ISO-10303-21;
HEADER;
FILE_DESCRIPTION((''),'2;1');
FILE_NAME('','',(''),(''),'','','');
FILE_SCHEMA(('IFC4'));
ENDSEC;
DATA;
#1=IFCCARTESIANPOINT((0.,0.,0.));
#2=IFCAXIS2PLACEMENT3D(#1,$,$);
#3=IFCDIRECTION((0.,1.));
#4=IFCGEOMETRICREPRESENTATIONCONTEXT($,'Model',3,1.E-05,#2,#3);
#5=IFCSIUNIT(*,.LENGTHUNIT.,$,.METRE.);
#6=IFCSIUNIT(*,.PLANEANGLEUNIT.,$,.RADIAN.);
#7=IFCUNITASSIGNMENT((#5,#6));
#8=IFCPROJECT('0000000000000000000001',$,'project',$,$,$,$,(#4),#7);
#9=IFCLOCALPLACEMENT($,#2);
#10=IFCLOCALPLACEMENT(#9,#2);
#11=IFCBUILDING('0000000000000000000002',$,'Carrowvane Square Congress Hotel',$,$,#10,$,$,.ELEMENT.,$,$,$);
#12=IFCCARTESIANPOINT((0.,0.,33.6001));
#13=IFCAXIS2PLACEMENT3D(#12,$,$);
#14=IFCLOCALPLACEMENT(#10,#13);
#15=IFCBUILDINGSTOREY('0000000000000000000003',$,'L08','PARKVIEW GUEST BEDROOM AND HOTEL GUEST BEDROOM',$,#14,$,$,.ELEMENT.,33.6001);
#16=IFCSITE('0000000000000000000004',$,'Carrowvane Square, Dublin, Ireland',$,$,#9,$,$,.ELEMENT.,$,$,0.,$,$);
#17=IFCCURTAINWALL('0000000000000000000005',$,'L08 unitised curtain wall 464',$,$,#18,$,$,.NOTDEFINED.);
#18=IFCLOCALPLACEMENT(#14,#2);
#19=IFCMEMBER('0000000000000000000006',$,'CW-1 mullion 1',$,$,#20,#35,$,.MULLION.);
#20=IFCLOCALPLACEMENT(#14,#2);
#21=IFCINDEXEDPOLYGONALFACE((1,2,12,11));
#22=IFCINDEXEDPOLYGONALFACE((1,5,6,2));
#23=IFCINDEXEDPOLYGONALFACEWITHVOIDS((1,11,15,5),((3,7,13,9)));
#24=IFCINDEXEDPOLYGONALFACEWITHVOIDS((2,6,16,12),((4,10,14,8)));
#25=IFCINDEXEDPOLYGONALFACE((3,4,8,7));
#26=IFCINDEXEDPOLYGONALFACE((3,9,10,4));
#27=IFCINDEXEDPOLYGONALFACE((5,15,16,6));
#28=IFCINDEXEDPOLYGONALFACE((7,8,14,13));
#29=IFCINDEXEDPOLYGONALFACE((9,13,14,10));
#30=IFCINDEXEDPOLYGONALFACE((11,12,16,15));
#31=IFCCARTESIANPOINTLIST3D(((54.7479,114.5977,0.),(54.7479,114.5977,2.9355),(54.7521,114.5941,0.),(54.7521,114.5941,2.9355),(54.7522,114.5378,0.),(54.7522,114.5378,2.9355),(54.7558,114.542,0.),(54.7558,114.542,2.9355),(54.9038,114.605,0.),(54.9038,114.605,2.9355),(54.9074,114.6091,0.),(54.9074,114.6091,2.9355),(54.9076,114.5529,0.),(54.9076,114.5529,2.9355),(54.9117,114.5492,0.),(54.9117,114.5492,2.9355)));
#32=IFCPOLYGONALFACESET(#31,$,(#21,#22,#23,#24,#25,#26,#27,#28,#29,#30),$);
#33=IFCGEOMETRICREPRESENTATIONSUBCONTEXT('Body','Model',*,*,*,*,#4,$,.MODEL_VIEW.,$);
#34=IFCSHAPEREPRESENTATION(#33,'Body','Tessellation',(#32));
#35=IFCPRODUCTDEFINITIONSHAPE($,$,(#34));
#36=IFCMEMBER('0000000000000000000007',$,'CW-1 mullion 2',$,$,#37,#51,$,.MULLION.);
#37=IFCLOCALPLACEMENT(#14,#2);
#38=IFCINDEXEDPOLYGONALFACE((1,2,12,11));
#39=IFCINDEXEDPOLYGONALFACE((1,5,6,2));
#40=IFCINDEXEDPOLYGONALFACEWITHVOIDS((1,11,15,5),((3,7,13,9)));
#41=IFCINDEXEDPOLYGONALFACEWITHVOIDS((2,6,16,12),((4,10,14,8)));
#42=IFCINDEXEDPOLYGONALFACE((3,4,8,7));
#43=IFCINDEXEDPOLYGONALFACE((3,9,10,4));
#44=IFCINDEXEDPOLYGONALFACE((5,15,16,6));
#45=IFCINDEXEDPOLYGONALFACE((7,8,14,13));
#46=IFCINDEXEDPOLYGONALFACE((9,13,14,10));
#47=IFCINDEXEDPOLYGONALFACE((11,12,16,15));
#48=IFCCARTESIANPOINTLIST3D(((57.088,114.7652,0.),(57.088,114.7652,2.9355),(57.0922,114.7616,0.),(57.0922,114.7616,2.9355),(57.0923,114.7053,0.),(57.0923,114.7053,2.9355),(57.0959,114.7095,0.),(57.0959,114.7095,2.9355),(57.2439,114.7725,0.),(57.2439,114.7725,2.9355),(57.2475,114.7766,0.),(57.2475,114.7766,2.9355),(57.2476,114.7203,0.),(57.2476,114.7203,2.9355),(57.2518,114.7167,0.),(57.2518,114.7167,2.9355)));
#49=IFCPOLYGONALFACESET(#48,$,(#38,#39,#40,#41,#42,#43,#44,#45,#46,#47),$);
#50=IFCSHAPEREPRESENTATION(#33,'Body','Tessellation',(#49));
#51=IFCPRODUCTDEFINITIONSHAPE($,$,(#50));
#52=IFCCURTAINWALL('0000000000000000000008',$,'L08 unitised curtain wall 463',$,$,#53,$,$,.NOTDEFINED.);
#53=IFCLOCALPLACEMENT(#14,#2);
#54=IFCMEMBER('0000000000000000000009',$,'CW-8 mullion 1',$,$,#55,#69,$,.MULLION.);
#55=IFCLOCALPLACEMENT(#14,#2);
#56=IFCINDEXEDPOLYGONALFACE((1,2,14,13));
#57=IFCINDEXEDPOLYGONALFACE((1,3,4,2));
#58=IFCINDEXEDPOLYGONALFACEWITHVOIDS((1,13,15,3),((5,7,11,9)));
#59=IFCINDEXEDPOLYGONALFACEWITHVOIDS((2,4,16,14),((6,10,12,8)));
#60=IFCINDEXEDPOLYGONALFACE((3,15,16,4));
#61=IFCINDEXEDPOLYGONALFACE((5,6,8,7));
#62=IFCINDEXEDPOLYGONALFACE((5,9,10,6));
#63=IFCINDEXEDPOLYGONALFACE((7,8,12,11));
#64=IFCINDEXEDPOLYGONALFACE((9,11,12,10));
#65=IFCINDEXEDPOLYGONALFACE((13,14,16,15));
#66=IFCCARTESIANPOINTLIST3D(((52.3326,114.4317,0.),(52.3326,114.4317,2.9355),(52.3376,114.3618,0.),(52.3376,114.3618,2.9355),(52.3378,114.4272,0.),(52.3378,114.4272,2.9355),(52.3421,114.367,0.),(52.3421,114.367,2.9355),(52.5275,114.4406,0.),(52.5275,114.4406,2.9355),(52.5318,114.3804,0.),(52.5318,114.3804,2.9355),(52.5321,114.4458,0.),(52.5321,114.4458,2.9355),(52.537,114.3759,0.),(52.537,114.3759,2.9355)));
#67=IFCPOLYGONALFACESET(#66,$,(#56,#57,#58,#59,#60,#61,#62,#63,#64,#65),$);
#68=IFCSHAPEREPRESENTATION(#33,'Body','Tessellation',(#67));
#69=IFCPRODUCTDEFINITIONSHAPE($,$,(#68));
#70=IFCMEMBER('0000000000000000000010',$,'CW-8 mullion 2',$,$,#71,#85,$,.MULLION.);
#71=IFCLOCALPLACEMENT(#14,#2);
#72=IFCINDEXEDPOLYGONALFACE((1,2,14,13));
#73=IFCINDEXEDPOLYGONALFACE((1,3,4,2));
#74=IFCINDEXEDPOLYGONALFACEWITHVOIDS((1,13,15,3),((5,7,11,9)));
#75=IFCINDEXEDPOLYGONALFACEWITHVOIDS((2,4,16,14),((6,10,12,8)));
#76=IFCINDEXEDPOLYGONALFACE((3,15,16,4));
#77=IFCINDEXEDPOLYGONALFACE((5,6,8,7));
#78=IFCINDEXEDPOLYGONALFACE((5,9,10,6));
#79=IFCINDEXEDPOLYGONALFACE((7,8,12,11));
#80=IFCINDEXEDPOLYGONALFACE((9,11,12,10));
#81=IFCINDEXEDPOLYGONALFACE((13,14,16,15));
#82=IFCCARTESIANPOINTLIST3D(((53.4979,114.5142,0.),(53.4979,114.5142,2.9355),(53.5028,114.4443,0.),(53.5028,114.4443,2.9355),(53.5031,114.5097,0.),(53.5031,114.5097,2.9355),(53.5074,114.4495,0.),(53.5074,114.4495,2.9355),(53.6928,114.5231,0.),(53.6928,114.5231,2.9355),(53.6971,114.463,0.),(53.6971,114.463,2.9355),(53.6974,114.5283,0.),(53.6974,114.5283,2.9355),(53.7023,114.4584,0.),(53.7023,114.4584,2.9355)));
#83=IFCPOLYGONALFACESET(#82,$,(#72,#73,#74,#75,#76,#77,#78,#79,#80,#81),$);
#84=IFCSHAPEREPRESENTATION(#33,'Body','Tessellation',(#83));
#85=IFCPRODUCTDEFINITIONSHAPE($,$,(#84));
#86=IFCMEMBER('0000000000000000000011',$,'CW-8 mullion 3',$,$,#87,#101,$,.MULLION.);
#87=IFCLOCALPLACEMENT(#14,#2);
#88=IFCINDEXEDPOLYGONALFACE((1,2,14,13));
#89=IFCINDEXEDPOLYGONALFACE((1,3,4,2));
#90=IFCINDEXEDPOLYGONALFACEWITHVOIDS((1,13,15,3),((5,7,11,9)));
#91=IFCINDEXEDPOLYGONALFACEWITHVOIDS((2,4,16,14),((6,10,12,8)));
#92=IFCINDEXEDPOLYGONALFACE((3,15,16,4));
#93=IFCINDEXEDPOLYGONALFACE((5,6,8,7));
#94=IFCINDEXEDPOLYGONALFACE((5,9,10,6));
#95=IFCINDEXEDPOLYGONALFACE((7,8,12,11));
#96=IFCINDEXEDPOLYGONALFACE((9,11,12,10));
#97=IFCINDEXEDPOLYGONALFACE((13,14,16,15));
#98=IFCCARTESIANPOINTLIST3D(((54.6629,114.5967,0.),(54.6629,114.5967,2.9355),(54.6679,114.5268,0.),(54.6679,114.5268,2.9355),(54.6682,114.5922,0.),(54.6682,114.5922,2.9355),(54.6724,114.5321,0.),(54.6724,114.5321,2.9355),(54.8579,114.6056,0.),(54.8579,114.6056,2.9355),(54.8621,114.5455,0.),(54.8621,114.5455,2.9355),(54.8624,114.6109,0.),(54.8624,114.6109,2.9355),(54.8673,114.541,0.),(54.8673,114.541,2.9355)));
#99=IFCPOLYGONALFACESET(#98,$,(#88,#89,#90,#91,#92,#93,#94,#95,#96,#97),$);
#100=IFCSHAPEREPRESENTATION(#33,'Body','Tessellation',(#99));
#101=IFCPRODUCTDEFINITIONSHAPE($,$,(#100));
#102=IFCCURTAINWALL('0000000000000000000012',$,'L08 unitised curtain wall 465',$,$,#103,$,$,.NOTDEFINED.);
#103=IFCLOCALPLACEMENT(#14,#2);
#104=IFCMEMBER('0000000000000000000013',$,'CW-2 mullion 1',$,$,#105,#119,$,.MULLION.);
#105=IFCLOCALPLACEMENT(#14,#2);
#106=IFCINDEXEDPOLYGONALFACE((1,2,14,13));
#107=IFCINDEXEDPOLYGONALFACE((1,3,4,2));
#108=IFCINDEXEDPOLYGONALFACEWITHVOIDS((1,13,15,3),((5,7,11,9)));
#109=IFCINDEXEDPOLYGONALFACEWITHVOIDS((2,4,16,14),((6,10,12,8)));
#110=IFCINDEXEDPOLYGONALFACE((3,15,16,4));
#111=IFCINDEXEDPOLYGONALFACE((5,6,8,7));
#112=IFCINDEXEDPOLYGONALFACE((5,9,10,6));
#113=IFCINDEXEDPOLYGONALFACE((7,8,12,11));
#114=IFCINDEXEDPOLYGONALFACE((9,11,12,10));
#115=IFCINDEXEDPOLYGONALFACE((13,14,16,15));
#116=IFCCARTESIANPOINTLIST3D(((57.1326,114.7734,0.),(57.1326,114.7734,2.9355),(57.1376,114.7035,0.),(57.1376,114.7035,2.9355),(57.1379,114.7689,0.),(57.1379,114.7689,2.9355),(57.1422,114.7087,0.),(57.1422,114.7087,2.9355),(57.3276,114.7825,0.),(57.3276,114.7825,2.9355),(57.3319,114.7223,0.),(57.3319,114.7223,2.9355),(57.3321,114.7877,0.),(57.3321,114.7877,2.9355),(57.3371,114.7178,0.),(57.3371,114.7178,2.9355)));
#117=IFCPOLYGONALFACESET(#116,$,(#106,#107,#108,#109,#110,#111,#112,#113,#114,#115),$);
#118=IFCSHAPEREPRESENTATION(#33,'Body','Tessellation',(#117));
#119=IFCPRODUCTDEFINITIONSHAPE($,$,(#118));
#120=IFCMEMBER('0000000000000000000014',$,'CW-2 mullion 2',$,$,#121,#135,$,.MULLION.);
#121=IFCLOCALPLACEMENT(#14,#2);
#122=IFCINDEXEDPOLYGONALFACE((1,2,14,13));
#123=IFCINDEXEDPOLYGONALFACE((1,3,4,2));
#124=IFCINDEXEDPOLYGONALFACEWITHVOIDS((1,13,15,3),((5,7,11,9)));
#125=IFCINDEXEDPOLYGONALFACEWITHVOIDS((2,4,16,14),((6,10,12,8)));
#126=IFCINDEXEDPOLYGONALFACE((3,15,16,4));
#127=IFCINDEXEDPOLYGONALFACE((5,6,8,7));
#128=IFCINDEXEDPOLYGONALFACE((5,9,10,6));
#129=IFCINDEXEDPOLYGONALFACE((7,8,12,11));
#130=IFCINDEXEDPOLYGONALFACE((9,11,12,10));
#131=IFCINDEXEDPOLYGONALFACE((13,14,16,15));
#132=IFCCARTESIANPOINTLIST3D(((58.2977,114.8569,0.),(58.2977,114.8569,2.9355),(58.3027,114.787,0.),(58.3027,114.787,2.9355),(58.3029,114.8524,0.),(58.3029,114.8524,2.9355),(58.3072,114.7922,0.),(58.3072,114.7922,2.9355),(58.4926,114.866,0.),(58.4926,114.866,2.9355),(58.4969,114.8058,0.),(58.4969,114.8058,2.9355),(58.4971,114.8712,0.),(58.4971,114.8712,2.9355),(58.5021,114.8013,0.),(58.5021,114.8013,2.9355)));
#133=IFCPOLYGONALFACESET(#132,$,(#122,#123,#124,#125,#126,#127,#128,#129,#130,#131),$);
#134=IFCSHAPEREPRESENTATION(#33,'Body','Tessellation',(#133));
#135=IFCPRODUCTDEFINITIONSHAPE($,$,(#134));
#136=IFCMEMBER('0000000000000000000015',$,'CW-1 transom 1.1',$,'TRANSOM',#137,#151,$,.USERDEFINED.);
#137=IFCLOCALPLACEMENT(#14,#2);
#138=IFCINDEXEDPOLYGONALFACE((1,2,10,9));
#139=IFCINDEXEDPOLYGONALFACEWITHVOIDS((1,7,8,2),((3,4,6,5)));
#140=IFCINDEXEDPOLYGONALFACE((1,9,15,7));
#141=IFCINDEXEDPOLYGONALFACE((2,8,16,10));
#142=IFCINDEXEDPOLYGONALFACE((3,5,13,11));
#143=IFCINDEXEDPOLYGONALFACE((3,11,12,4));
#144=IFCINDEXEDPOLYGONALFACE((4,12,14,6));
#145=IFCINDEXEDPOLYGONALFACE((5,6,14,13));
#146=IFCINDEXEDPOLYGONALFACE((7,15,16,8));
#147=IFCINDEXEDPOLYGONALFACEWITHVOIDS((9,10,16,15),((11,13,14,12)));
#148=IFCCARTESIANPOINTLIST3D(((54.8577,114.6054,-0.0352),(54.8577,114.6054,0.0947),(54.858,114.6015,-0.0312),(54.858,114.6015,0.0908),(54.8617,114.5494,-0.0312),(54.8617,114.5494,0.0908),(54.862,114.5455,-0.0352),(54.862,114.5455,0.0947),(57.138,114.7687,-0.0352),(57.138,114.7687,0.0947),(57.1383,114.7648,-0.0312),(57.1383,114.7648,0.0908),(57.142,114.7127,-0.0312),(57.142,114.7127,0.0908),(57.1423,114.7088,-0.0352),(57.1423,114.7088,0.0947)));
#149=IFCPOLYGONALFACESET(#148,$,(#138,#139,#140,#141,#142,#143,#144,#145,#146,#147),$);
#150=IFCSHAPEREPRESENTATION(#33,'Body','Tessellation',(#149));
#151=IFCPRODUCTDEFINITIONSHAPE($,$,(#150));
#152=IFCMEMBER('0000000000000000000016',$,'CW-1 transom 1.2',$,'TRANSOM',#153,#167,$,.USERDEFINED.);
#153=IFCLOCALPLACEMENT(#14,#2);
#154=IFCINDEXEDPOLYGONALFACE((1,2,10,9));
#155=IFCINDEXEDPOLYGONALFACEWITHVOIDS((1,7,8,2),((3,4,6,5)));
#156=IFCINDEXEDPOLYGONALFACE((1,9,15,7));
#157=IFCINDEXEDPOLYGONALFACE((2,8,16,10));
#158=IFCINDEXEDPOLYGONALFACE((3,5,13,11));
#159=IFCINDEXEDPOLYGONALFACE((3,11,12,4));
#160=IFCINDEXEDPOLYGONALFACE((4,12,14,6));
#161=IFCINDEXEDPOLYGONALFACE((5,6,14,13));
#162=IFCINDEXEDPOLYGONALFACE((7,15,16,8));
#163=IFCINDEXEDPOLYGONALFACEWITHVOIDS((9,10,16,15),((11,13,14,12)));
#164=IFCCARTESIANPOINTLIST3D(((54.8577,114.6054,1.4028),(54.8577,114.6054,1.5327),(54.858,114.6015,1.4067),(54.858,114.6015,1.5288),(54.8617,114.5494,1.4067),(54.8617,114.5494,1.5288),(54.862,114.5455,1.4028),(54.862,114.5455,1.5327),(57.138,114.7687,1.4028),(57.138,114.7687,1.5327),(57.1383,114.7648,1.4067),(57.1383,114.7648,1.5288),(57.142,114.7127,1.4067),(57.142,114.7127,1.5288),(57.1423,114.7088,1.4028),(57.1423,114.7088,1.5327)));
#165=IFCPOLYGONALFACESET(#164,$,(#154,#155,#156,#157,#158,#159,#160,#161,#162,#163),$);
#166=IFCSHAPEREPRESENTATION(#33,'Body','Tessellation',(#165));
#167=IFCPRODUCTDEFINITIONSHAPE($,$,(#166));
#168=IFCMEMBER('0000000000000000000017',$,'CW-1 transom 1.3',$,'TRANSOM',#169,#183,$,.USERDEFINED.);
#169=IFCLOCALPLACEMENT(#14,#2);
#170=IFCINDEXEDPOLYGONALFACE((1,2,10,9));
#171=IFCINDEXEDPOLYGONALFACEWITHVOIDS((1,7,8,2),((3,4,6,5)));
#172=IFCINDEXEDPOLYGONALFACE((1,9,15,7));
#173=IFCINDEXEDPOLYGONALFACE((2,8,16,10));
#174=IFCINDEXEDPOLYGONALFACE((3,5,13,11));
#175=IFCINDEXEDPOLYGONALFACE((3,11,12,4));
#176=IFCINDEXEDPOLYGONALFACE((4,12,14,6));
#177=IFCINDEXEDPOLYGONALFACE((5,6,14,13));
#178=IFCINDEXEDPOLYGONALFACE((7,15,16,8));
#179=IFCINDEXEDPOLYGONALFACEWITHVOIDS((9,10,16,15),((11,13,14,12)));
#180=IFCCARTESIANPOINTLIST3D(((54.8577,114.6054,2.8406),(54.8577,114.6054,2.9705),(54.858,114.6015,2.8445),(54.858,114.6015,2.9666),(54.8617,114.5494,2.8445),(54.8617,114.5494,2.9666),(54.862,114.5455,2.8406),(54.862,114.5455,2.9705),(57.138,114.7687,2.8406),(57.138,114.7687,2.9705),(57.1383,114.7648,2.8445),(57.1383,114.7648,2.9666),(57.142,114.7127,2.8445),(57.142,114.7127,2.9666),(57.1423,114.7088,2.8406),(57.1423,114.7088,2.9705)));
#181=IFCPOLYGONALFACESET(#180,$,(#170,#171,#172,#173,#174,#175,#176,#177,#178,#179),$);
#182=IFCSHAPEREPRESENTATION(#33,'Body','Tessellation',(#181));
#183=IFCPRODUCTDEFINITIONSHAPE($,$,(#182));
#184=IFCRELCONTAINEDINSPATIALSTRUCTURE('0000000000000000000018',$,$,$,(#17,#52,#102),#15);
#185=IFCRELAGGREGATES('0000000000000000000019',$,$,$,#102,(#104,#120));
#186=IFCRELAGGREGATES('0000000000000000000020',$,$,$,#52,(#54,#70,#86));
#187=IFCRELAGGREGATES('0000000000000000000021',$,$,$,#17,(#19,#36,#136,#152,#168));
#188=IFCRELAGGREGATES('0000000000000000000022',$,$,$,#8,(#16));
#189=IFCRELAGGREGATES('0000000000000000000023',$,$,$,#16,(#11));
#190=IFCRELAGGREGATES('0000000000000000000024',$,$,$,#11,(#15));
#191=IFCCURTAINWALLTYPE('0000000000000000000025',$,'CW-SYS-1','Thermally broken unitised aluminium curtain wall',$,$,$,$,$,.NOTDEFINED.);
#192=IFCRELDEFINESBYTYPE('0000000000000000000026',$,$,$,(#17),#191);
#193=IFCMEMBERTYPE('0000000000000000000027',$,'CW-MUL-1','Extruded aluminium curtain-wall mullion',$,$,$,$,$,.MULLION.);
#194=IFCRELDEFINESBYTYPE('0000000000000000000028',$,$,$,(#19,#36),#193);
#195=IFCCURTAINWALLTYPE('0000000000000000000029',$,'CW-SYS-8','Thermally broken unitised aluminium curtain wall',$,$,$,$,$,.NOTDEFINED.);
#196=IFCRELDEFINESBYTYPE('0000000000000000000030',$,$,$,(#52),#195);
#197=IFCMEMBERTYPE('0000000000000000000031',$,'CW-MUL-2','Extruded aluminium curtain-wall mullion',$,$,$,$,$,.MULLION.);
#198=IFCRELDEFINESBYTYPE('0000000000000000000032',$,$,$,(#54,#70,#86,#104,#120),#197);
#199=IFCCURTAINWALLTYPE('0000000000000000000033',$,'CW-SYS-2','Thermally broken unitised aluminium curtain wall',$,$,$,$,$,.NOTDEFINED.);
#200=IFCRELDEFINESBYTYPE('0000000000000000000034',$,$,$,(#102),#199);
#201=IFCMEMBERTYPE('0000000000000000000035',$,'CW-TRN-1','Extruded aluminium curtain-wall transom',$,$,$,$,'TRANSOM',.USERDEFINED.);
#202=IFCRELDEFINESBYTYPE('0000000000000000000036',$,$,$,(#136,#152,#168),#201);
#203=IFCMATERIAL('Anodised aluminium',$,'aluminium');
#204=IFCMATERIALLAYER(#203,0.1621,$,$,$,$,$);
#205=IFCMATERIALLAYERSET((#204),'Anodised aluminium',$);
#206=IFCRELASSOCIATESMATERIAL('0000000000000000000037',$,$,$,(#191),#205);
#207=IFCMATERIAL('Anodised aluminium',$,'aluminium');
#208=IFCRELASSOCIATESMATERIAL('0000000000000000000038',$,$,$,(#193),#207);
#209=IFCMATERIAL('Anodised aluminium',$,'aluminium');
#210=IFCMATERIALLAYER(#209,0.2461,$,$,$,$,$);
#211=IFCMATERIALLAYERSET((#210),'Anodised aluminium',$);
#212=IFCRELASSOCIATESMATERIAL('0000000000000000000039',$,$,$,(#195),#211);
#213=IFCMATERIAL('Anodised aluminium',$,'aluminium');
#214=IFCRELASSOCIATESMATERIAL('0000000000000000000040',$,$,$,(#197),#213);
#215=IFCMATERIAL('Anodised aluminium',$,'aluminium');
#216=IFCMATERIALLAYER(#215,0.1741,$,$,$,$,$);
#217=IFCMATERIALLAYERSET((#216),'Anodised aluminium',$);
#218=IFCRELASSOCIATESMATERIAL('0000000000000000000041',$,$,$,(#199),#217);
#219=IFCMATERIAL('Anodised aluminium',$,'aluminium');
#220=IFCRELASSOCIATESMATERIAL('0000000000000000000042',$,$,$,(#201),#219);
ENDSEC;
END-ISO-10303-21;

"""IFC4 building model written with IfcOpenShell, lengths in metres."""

from ifc_helpers import new_model, si_unit, direction, frame, origin, origin_2d, place, context, subcontext, project, spatial, hollow_rectangle, extrude, material, layer, layer_set, material_profile, profile_set, type_object, element, aggregate, save


model = new_model("IFC4")

# Units and contexts
model_context = context("Model", 3, precision=1e-05, world=origin(), true_north=direction((0.0, 1.0)))
body_context = subcontext(model_context, "Body", "Model", "MODEL_VIEW")
ifc_project = project(units=[si_unit("LENGTHUNIT", "METRE"), si_unit("PLANEANGLEUNIT", "RADIAN")], contexts=[model_context])

# Site, building, storey
site_placement = place(None, origin())
site = spatial("IfcSite", under=ifc_project, at=site_placement, Name="Carrowvane Square, Dublin, Ireland", CompositionType="ELEMENT", RefElevation=0.0)
building_placement = place(site_placement, origin())
building = spatial("IfcBuilding", under=site, at=building_placement, Name="Carrowvane Square Congress Hotel", CompositionType="ELEMENT")
storey_placement = place(building_placement, frame((0.0, 0.0, 33.6001)))
storey = spatial("IfcBuildingStorey", under=building, at=storey_placement, Name="L08", Description="PARKVIEW GUEST BEDROOM AND HOTEL GUEST BEDROOM", CompositionType="ELEMENT", Elevation=33.6001)

# Curtain walls, members
ifc_material_1 = material(Name="Anodised aluminium", Category="aluminium")
ifc_layer_1 = layer(ifc_material_1, 0.1621)
ifc_layer_set_1 = layer_set([ifc_layer_1], Name="Anodised aluminium")
curtain_wall_type_1 = type_object("IfcCurtainWallType", Name="CW-SYS-1", Description="Thermally broken unitised aluminium curtain wall", PredefinedType="NOTDEFINED", material=ifc_layer_set_1)
curtain_wall_1_placement = place(storey_placement, origin())
curtain_wall_1 = element("IfcCurtainWall", 1, at=curtain_wall_1_placement, inside=storey, type_object=curtain_wall_type_1, Name="L08 unitised curtain wall 464", PredefinedType="NOTDEFINED")
ifc_material_2 = material(Name="Anodised aluminium", Category="aluminium")
ifc_material_profile_1 = material_profile(ifc_material_2, hollow_rectangle(XDim=0.0601, YDim=0.1599, WallThickness=0.0039, at=origin_2d()), Name="CW-ML 60x160x4")
ifc_profile_set_1 = profile_set([ifc_material_profile_1], Name="Anodised aluminium")
member_type_1 = type_object("IfcMemberType", Name="CW-MUL-1", Description="Extruded aluminium curtain-wall mullion", PredefinedType="MULLION", material=ifc_profile_set_1)
member_1_placement = place(storey_placement, frame((54.8298, 114.5735, 0.0), z_axis=(0.0, 0.0, 1.0), x_axis=(-0.071418, 0.997446, 0.0)))
member_1 = element("IfcMember", 2, at=member_1_placement, type_object=member_type_1, Name="CW-1 mullion 1", PredefinedType="MULLION", context=body_context, shape_type="SweptSolid", body=[
    extrude(hollow_rectangle(XDim=0.0601, YDim=0.1599, WallThickness=0.0039, at=origin_2d()), origin(), (0.0, 0.0, 1.0), 2.9355),
])
member_2_placement = place(storey_placement, frame((57.1699, 114.741, 0.0), z_axis=(0.0, 0.0, 1.0), x_axis=(-0.071418, 0.997446, 0.0)))
member_2 = element("IfcMember", 3, at=member_2_placement, type_object=member_type_1, Name="CW-1 mullion 2", PredefinedType="MULLION", context=body_context, shape_type="SweptSolid", body=[
    extrude(hollow_rectangle(XDim=0.0601, YDim=0.1599, WallThickness=0.0039, at=origin_2d()), origin(), (0.0, 0.0, 1.0), 2.9355),
])
ifc_material_3 = material(Name="Anodised aluminium", Category="aluminium")
ifc_layer_2 = layer(ifc_material_3, 0.2461)
ifc_layer_set_2 = layer_set([ifc_layer_2], Name="Anodised aluminium")
curtain_wall_type_2 = type_object("IfcCurtainWallType", Name="CW-SYS-8", Description="Thermally broken unitised aluminium curtain wall", PredefinedType="NOTDEFINED", material=ifc_layer_set_2)
curtain_wall_2_placement = place(storey_placement, origin())
curtain_wall_2 = element("IfcCurtainWall", 4, at=curtain_wall_2_placement, inside=storey, type_object=curtain_wall_type_2, Name="L08 unitised curtain wall 463", PredefinedType="NOTDEFINED")
ifc_material_4 = material(Name="Anodised aluminium", Category="aluminium")
ifc_material_profile_2 = material_profile(ifc_material_4, hollow_rectangle(XDim=0.0701, YDim=0.2, WallThickness=0.0049, at=origin_2d()), Name="CW-ML 70x200x5")
ifc_profile_set_2 = profile_set([ifc_material_profile_2], Name="Anodised aluminium")
member_type_2 = type_object("IfcMemberType", Name="CW-MUL-2", Description="Extruded aluminium curtain-wall mullion", PredefinedType="MULLION", material=ifc_profile_set_2)
member_3_placement = place(storey_placement, frame((52.4348, 114.4038, 0.0), z_axis=(0.0, 0.0, 1.0), x_axis=(-0.070586, 0.997506, 0.0)))
member_3 = element("IfcMember", 5, at=member_3_placement, type_object=member_type_2, Name="CW-8 mullion 1", PredefinedType="MULLION", context=body_context, shape_type="SweptSolid", body=[
    extrude(hollow_rectangle(XDim=0.0701, YDim=0.2, WallThickness=0.0049, at=origin_2d()), origin(), (0.0, 0.0, 1.0), 2.9355),
])
member_4_placement = place(storey_placement, frame((53.6001, 114.4863, 0.0), z_axis=(0.0, 0.0, 1.0), x_axis=(-0.070586, 0.997506, 0.0)))
member_4 = element("IfcMember", 6, at=member_4_placement, type_object=member_type_2, Name="CW-8 mullion 2", PredefinedType="MULLION", context=body_context, shape_type="SweptSolid", body=[
    extrude(hollow_rectangle(XDim=0.0701, YDim=0.2, WallThickness=0.0049, at=origin_2d()), origin(), (0.0, 0.0, 1.0), 2.9355),
])
member_5_placement = place(storey_placement, frame((54.7651, 114.5688, 0.0), z_axis=(0.0, 0.0, 1.0), x_axis=(-0.070586, 0.997506, 0.0)))
member_5 = element("IfcMember", 7, at=member_5_placement, type_object=member_type_2, Name="CW-8 mullion 3", PredefinedType="MULLION", context=body_context, shape_type="SweptSolid", body=[
    extrude(hollow_rectangle(XDim=0.0701, YDim=0.2, WallThickness=0.0049, at=origin_2d()), origin(), (0.0, 0.0, 1.0), 2.9355),
])
ifc_material_5 = material(Name="Anodised aluminium", Category="aluminium")
ifc_layer_3 = layer(ifc_material_5, 0.1741)
ifc_layer_set_3 = layer_set([ifc_layer_3], Name="Anodised aluminium")
curtain_wall_type_3 = type_object("IfcCurtainWallType", Name="CW-SYS-2", Description="Thermally broken unitised aluminium curtain wall", PredefinedType="NOTDEFINED", material=ifc_layer_set_3)
curtain_wall_3_placement = place(storey_placement, origin())
curtain_wall_3 = element("IfcCurtainWall", 8, at=curtain_wall_3_placement, inside=storey, type_object=curtain_wall_type_3, Name="L08 unitised curtain wall 465", PredefinedType="NOTDEFINED")
member_6_placement = place(storey_placement, frame((57.2349, 114.7456, 0.0), z_axis=(0.0, 0.0, 1.0), x_axis=(-0.071532, 0.997438, 0.0)))
member_6 = element("IfcMember", 9, at=member_6_placement, type_object=member_type_2, Name="CW-2 mullion 1", PredefinedType="MULLION", context=body_context, shape_type="SweptSolid", body=[
    extrude(hollow_rectangle(XDim=0.0701, YDim=0.2, WallThickness=0.0049, at=origin_2d()), origin(), (0.0, 0.0, 1.0), 2.9355),
])
member_7_placement = place(storey_placement, frame((58.3999, 114.8291, 0.0), z_axis=(0.0, 0.0, 1.0), x_axis=(-0.071532, 0.997438, 0.0)))
member_7 = element("IfcMember", 10, at=member_7_placement, type_object=member_type_2, Name="CW-2 mullion 2", PredefinedType="MULLION", context=body_context, shape_type="SweptSolid", body=[
    extrude(hollow_rectangle(XDim=0.0701, YDim=0.2, WallThickness=0.0049, at=origin_2d()), origin(), (0.0, 0.0, 1.0), 2.9355),
])

# Members
ifc_material_6 = material(Name="Anodised aluminium", Category="aluminium")
ifc_material_profile_3 = material_profile(ifc_material_6, hollow_rectangle(XDim=0.0601, YDim=0.1299, WallThickness=0.0039, at=origin_2d()), Name="CW-TR 60x130x4")
ifc_profile_set_3 = profile_set([ifc_material_profile_3], Name="Anodised aluminium")
member_type_3 = type_object("IfcMemberType", Name="CW-TRN-1", Description="Extruded aluminium curtain-wall transom", ElementType="TRANSOM", PredefinedType="USERDEFINED", material=ifc_profile_set_3)
member_8_placement = place(storey_placement, frame((54.8599, 114.5754, 0.0298), z_axis=(0.997445, 0.071444, 0.0), x_axis=(-0.071444, 0.997445, 0.0)))
member_8 = element("IfcMember", 11, at=member_8_placement, type_object=member_type_3, Name="CW-1 transom 1.1", ObjectType="TRANSOM", PredefinedType="USERDEFINED", context=body_context, shape_type="SweptSolid", body=[
    extrude(hollow_rectangle(XDim=0.0601, YDim=0.1299, WallThickness=0.0039, at=origin_2d()), origin(), (0.0, 0.0, 1.0), 2.2861),
])
member_9_placement = place(storey_placement, frame((54.8599, 114.5754, 1.4678), z_axis=(0.997445, 0.071444, 0.0), x_axis=(-0.071444, 0.997445, 0.0)))
member_9 = element("IfcMember", 12, at=member_9_placement, type_object=member_type_3, Name="CW-1 transom 1.2", ObjectType="TRANSOM", PredefinedType="USERDEFINED", context=body_context, shape_type="SweptSolid", body=[
    extrude(hollow_rectangle(XDim=0.0601, YDim=0.1299, WallThickness=0.0039, at=origin_2d()), origin(), (0.0, 0.0, 1.0), 2.2861),
])
member_10_placement = place(storey_placement, frame((54.8599, 114.5754, 2.9055), z_axis=(0.997445, 0.071444, 0.0), x_axis=(-0.071444, 0.997445, 0.0)))
member_10 = element("IfcMember", 13, at=member_10_placement, type_object=member_type_3, Name="CW-1 transom 1.3", ObjectType="TRANSOM", PredefinedType="USERDEFINED", context=body_context, shape_type="SweptSolid", body=[
    extrude(hollow_rectangle(XDim=0.0601, YDim=0.1299, WallThickness=0.0039, at=origin_2d()), origin(), (0.0, 0.0, 1.0), 2.2861),
])

aggregate(curtain_wall_3, [member_6, member_7])
aggregate(curtain_wall_2, [member_3, member_4, member_5])
aggregate(curtain_wall_1, [member_1, member_2, member_8, member_9, member_10])

save(model, "model.ifc")
